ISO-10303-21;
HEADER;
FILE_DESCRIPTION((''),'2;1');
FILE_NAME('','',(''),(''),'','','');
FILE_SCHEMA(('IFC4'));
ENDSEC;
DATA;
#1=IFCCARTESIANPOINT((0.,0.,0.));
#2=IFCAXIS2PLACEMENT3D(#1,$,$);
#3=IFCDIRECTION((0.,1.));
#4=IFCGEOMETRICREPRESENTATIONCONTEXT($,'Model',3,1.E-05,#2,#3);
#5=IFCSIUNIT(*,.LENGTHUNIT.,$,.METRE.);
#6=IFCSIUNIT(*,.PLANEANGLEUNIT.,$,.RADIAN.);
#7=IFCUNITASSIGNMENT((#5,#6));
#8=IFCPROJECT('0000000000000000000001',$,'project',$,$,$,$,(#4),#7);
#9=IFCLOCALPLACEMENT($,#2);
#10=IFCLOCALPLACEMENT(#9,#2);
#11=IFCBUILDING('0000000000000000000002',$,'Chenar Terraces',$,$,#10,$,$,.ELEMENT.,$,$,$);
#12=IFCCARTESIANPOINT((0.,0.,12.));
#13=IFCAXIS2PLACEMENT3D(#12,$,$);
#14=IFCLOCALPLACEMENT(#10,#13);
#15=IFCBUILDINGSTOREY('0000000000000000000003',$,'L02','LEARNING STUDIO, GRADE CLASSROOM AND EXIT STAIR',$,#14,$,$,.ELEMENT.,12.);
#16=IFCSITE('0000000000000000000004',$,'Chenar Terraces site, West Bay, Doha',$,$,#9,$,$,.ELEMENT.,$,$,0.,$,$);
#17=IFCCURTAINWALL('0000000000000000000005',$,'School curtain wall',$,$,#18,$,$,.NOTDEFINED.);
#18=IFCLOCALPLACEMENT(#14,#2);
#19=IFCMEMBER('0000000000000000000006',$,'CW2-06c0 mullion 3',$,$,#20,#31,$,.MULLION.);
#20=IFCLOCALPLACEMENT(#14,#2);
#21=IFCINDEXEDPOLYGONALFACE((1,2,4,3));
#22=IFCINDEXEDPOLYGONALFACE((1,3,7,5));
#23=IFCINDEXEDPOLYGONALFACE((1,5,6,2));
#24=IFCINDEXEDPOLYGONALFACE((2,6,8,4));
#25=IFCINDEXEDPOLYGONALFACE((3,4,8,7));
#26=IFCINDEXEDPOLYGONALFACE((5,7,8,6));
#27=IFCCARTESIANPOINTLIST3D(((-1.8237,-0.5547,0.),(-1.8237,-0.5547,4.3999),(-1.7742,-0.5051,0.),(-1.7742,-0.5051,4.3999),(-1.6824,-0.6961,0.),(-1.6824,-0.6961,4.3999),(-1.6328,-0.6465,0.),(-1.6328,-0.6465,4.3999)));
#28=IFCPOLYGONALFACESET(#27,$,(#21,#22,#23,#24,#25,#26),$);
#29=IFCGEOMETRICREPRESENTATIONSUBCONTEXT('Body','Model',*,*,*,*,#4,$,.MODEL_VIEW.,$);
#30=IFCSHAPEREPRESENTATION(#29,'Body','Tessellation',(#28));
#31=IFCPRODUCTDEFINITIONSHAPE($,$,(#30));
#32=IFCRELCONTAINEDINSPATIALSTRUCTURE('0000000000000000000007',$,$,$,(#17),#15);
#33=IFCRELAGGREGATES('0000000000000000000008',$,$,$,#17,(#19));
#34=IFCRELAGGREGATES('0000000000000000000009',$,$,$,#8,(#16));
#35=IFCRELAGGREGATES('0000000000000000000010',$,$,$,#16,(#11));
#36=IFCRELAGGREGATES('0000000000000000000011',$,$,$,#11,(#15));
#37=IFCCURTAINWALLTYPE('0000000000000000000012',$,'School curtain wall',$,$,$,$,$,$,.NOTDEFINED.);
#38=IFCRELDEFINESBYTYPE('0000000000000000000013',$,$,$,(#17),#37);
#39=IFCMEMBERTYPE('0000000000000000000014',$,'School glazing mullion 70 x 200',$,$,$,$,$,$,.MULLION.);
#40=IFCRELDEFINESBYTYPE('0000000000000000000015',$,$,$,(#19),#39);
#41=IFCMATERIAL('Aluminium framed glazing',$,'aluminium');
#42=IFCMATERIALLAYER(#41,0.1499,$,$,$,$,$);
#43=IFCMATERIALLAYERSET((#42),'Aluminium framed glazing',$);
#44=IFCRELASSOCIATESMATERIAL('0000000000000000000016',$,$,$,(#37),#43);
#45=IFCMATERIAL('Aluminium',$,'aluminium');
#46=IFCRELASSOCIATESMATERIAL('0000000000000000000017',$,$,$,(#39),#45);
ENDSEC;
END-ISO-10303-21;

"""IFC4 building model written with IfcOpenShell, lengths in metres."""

from ifc_helpers import new_model, si_unit, direction, frame, origin, origin_2d, place, context, subcontext, project, spatial, rectangle, extrude, material, layer, layer_set, material_profile, profile_set, type_object, element, aggregate, save


model = new_model("IFC4")

# Units and contexts
model_context = context("Model", 3, precision=1e-05, world=origin(), true_north=direction((0.0, 1.0)))
body_context = subcontext(model_context, "Body", "Model", "MODEL_VIEW")
ifc_project = project(units=[si_unit("LENGTHUNIT", "METRE"), si_unit("PLANEANGLEUNIT", "RADIAN")], contexts=[model_context])

# Site, building, storey
site_placement = place(None, origin())
site = spatial("IfcSite", under=ifc_project, at=site_placement, Name="Chenar Terraces site, West Bay, Doha", CompositionType="ELEMENT", RefElevation=0.0)
building_placement = place(site_placement, origin())
building = spatial("IfcBuilding", under=site, at=building_placement, Name="Chenar Terraces", CompositionType="ELEMENT")
storey_placement = place(building_placement, frame((0.0, 0.0, 12.0)))
storey = spatial("IfcBuildingStorey", under=building, at=storey_placement, Name="L02", Description="LEARNING STUDIO, GRADE CLASSROOM AND EXIT STAIR", CompositionType="ELEMENT", Elevation=12.0)

# Curtain wall, member
ifc_material_1 = material(Name="Aluminium framed glazing", Category="aluminium")
ifc_layer_1 = layer(ifc_material_1, 0.1499)
ifc_layer_set_1 = layer_set([ifc_layer_1], Name="Aluminium framed glazing")
curtain_wall_type = type_object("IfcCurtainWallType", Name="School curtain wall", PredefinedType="NOTDEFINED", material=ifc_layer_set_1)
curtain_wall_placement = place(storey_placement, origin())
curtain_wall = element("IfcCurtainWall", 1, at=curtain_wall_placement, inside=storey, type_object=curtain_wall_type, Name="School curtain wall", PredefinedType="NOTDEFINED")
ifc_material_2 = material(Name="Aluminium", Category="aluminium")
ifc_material_profile = material_profile(ifc_material_2, rectangle(XDim=0.0701, YDim=0.2, at=origin_2d()), Name="School glazing mullion 70 x 200")
ifc_profile_set = profile_set([ifc_material_profile], Name="Aluminium")
member_type = type_object("IfcMemberType", Name="School glazing mullion 70 x 200", PredefinedType="MULLION", material=ifc_profile_set)
member_placement = place(storey_placement, frame((-1.7283, -0.6006, 0.0), z_axis=(0.0, 0.0, 1.0), x_axis=(0.707107, 0.707107, 0.0)))
member = element("IfcMember", 2, at=member_placement, type_object=member_type, Name="CW2-06c0 mullion 3", PredefinedType="MULLION", context=body_context, shape_type="SweptSolid", body=[
    extrude(rectangle(XDim=0.0701, YDim=0.2, at=origin_2d()), origin(), (0.0, 0.0, 1.0), 4.3999),
])
aggregate(curtain_wall, [member])

save(model, "model.ifc")
